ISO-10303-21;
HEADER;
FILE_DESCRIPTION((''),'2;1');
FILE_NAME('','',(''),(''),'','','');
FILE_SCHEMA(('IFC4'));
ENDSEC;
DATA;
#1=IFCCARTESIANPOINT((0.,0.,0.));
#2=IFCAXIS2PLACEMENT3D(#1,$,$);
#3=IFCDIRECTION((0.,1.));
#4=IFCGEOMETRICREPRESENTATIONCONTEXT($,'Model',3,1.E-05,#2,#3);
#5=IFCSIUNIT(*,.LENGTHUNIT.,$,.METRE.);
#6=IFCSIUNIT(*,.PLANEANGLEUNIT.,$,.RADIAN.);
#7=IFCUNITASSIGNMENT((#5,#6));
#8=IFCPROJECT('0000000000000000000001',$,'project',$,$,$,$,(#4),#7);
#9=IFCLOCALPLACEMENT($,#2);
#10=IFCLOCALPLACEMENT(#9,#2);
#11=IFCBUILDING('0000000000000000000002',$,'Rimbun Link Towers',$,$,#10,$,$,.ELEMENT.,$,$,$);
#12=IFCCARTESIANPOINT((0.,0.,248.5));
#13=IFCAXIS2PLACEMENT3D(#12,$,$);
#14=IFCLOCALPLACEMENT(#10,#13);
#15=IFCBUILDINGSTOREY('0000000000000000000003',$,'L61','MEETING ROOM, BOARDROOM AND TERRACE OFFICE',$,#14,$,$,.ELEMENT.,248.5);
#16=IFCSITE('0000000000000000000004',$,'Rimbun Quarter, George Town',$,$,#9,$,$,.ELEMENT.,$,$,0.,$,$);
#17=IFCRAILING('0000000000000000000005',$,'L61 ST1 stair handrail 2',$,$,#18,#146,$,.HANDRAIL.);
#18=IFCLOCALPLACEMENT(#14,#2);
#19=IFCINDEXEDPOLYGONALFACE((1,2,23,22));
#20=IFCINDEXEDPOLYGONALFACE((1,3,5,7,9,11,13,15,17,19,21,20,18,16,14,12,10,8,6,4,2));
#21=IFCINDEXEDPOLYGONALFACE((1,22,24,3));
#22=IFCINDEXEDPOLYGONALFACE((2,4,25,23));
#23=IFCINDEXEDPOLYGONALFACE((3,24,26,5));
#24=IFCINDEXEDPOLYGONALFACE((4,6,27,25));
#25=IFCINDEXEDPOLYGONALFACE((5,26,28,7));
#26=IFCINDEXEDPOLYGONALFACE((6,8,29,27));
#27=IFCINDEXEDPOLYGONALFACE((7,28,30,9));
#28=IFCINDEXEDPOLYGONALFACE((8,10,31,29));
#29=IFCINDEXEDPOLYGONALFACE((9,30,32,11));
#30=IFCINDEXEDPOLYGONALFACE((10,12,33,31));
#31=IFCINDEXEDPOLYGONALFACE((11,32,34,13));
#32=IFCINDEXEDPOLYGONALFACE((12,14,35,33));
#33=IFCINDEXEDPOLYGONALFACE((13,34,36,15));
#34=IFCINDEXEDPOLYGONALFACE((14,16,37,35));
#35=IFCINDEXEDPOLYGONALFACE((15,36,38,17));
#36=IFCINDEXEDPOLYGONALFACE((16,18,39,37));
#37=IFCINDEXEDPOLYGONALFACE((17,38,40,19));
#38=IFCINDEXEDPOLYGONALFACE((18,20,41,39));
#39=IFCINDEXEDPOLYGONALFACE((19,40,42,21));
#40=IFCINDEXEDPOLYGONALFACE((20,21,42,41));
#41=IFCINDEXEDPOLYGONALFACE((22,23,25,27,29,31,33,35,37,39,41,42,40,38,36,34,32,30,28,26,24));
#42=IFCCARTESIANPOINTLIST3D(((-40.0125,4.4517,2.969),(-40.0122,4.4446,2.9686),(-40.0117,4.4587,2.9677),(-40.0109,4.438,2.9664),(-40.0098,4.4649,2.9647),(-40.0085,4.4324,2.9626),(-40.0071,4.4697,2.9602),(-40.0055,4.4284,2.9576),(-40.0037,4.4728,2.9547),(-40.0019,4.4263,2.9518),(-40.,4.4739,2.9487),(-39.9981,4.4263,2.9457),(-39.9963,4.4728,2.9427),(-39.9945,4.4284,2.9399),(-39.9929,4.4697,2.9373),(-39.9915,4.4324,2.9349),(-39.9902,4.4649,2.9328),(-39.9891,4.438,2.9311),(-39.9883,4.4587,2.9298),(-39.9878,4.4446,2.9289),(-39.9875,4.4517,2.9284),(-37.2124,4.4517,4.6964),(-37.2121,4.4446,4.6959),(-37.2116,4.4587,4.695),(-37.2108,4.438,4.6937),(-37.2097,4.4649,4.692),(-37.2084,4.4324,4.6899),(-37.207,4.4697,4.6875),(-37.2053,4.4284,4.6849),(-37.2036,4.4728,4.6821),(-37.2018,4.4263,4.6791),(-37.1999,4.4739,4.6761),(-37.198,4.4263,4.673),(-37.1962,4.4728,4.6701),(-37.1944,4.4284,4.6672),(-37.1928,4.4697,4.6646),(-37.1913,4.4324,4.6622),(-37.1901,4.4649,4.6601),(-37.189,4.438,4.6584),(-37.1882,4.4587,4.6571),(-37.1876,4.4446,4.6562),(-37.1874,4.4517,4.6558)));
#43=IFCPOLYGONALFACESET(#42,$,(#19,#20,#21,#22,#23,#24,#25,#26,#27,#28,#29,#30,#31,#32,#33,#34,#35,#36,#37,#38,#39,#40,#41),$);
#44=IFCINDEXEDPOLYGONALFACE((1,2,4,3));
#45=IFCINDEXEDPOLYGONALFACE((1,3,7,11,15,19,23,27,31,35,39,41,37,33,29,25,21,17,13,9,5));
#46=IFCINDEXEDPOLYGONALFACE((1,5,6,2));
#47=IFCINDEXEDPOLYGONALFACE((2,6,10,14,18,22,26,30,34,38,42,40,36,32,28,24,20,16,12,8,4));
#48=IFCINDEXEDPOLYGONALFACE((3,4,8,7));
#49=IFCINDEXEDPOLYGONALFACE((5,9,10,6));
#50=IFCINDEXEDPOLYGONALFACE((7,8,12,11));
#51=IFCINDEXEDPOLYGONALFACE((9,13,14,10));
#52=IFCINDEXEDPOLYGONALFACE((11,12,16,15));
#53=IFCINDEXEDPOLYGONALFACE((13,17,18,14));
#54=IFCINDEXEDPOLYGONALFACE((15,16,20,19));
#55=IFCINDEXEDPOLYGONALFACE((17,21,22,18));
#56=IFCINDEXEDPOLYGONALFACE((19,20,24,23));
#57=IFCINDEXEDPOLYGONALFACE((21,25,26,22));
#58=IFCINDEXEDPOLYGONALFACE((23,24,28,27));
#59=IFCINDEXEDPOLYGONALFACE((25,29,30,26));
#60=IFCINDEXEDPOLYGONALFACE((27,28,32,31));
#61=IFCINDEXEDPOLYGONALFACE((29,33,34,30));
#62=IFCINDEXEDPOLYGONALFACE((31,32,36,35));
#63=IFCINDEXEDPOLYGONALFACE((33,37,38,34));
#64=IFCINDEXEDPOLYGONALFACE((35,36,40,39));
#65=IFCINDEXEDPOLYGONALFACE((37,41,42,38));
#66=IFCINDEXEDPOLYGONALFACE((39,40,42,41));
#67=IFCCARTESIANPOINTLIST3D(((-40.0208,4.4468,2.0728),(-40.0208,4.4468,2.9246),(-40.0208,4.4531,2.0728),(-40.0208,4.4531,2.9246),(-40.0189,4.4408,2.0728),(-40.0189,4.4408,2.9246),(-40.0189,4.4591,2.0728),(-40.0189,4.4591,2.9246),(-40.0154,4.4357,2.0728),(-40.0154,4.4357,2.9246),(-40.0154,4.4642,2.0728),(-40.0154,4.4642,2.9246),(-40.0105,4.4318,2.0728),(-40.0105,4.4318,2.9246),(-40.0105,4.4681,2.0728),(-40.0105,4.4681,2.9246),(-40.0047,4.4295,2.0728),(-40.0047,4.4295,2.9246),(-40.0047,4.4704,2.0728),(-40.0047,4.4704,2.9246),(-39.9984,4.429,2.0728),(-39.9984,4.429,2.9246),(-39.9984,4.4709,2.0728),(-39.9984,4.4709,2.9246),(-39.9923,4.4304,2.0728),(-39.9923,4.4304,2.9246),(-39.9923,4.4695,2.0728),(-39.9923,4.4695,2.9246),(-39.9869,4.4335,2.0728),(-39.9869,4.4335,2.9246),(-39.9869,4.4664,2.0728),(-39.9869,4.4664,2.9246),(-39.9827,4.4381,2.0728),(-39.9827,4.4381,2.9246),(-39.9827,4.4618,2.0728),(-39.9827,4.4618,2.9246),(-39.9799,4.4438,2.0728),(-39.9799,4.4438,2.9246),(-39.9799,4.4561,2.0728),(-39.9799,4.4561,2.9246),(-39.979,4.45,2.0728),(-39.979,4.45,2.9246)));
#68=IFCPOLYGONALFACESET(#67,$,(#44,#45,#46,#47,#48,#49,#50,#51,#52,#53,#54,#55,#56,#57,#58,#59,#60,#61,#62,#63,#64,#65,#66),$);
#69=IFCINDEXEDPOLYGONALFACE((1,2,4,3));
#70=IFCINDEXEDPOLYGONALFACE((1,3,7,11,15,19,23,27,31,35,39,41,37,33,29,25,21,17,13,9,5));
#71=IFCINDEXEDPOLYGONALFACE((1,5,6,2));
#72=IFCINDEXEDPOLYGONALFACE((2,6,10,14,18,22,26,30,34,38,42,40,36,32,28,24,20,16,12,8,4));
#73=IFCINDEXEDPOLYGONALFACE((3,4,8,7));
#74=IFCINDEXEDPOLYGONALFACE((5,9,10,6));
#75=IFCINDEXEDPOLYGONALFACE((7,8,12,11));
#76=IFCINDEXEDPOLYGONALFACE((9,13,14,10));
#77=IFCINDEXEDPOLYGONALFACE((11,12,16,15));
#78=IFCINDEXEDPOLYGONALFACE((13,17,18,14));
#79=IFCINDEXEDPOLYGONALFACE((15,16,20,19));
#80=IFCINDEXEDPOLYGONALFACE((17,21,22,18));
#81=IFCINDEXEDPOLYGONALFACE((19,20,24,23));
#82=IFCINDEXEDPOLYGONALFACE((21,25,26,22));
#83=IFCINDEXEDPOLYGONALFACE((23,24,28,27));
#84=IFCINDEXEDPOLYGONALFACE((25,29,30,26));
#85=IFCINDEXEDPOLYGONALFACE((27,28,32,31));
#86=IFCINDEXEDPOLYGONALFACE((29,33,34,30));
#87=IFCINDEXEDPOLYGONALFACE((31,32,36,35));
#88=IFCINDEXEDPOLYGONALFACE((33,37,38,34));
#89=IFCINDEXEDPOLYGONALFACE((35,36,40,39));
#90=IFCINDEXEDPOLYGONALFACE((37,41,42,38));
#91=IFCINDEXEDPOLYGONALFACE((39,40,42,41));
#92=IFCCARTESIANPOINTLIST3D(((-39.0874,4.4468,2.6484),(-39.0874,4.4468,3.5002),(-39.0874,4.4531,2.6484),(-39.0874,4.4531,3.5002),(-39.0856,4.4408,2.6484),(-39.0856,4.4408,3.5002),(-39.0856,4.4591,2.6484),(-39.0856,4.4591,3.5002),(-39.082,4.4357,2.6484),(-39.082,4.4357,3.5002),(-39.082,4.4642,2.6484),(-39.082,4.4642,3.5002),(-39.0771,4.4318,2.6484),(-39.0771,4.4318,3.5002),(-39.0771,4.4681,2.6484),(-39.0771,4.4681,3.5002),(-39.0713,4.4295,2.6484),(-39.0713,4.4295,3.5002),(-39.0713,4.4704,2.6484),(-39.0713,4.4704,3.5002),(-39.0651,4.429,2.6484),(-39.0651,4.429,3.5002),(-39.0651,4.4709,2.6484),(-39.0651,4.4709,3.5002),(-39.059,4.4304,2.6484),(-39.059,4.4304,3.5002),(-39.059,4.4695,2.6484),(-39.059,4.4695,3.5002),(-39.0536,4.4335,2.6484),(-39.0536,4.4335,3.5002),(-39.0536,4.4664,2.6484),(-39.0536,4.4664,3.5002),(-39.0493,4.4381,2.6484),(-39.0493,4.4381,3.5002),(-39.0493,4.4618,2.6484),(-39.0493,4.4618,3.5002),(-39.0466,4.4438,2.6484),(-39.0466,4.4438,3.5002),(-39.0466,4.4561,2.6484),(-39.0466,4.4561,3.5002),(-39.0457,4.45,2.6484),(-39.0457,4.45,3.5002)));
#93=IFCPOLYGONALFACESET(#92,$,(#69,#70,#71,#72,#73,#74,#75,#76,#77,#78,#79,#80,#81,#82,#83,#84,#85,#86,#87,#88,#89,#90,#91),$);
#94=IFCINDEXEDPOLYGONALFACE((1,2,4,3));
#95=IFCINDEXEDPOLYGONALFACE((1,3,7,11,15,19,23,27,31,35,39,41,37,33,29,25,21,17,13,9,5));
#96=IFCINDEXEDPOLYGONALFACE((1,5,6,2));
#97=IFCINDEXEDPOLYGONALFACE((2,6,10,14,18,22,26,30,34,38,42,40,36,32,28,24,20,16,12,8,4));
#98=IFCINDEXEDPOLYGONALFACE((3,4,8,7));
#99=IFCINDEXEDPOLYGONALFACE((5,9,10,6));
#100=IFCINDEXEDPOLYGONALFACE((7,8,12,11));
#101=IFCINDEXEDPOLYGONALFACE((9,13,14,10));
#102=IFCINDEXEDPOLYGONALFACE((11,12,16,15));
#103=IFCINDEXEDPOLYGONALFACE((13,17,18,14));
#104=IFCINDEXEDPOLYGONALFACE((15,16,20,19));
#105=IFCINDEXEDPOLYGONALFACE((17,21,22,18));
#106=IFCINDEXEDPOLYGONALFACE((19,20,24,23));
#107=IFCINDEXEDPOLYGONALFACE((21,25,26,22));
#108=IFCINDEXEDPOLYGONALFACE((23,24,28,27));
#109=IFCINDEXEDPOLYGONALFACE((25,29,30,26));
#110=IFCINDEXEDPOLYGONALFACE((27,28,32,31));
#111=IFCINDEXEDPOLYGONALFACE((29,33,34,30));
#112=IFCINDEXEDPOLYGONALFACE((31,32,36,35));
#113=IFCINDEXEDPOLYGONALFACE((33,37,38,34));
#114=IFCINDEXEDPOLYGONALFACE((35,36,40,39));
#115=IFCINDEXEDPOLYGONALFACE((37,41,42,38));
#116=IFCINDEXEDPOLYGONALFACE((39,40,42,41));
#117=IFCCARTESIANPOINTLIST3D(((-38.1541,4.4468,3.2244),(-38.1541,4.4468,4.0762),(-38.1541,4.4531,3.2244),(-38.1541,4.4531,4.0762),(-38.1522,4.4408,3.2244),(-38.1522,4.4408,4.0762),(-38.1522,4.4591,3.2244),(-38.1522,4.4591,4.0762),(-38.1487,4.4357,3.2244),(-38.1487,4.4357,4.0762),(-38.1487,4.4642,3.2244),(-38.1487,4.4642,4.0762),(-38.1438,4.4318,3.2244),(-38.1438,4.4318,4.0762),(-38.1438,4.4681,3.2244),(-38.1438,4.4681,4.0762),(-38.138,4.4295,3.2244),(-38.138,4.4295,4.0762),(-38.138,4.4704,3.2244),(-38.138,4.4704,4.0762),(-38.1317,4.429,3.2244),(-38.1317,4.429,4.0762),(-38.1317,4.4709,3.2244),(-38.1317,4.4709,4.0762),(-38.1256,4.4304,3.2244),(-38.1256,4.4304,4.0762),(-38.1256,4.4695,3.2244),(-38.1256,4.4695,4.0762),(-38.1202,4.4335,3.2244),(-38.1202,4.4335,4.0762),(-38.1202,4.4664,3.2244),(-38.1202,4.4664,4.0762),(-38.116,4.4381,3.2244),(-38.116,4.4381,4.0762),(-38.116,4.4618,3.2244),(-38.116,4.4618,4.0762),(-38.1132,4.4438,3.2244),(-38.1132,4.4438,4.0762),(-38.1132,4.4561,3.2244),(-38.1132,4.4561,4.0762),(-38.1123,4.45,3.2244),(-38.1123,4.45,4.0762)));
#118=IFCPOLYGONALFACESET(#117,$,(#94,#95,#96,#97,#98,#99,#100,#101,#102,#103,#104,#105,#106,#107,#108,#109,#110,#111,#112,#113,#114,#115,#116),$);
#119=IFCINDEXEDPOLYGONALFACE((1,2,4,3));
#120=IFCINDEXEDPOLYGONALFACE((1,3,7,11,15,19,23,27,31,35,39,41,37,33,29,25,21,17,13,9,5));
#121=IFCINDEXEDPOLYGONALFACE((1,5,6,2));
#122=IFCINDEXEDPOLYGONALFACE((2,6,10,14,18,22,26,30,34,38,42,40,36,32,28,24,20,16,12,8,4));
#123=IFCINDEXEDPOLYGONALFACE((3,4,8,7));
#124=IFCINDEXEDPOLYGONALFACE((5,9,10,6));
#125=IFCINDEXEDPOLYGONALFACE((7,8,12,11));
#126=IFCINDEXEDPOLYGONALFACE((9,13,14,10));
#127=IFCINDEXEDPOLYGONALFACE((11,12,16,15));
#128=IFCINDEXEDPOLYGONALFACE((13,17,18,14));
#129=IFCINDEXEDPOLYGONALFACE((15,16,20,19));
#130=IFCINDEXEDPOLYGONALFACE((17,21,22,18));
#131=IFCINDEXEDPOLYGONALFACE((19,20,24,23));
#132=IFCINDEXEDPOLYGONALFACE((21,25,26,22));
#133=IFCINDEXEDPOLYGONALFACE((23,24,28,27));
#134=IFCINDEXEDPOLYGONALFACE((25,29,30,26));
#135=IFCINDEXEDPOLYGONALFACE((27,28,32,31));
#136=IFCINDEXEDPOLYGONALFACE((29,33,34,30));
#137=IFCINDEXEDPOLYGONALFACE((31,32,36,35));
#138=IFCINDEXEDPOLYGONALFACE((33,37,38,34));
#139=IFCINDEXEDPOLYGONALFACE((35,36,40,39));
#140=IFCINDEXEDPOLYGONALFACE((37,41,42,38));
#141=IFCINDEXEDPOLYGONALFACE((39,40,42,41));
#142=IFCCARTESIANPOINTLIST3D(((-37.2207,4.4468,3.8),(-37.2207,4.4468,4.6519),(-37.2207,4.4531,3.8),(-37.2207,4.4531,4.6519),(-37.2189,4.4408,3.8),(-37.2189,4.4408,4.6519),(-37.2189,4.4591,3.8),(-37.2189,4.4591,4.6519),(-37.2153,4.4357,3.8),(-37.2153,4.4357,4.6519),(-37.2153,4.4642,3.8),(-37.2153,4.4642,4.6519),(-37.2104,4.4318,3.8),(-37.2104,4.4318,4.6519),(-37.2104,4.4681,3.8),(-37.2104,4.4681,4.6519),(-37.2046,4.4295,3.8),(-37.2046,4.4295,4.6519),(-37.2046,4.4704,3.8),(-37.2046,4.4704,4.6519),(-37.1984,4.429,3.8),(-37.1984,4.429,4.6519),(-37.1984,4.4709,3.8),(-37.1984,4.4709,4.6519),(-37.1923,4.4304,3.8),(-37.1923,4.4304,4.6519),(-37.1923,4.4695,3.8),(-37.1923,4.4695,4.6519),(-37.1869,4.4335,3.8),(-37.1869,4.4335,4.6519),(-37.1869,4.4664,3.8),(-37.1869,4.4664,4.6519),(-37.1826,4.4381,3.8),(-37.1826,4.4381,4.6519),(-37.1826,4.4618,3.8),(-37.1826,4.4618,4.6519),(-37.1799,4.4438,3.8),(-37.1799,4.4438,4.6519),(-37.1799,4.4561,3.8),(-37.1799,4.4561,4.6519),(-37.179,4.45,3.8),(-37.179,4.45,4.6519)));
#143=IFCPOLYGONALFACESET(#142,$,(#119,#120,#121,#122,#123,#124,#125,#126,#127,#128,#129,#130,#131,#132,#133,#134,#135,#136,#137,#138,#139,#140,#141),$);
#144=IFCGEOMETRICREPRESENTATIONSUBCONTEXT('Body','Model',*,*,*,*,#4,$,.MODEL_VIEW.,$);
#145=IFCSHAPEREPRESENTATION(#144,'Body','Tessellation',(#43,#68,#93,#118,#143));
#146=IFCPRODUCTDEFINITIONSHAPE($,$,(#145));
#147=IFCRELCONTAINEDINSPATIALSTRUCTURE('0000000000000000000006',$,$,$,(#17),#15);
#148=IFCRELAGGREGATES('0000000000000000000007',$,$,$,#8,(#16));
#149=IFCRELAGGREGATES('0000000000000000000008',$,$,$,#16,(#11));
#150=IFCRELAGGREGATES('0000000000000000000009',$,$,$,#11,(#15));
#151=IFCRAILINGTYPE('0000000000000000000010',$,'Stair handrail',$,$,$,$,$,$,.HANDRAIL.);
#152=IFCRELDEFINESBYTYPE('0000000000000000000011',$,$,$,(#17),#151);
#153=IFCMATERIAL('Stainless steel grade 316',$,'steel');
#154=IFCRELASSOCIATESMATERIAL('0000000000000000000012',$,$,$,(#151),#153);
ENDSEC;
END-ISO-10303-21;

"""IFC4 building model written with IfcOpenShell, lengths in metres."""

from ifc_helpers import new_model, si_unit, direction, frame, origin, origin_2d, place, context, subcontext, project, spatial, circle, extrude, material, type_object, element, save


model = new_model("IFC4")

# Units and contexts
model_context = context("Model", 3, precision=1e-05, world=origin(), true_north=direction((0.0, 1.0)))
body_context = subcontext(model_context, "Body", "Model", "MODEL_VIEW")
ifc_project = project(units=[si_unit("LENGTHUNIT", "METRE"), si_unit("PLANEANGLEUNIT", "RADIAN")], contexts=[model_context])

# Site, building, storey
site_placement = place(None, origin())
site = spatial("IfcSite", under=ifc_project, at=site_placement, Name="Rimbun Quarter, George Town", CompositionType="ELEMENT", RefElevation=0.0)
building_placement = place(site_placement, origin())
building = spatial("IfcBuilding", under=site, at=building_placement, Name="Rimbun Link Towers", CompositionType="ELEMENT")
storey_placement = place(building_placement, frame((0.0, 0.0, 248.5)))
storey = spatial("IfcBuildingStorey", under=building, at=storey_placement, Name="L61", Description="MEETING ROOM, BOARDROOM AND TERRACE OFFICE", CompositionType="ELEMENT", Elevation=248.5)

# Railing
ifc_material_1 = material(Name="Stainless steel grade 316", Category="steel")
railing_type_1 = type_object("IfcRailingType", Name="Stair handrail", PredefinedType="HANDRAIL", material=ifc_material_1)
railing_1_placement = place(storey_placement, frame((-40.0, 4.45, 2.0728)))
element("IfcRailing", 1, at=railing_1_placement, inside=storey, type_object=railing_type_1, Name="L61 ST1 stair handrail 2", PredefinedType="HANDRAIL", context=body_context, shape_type="SweptSolid", body=[
    extrude(circle(Radius=0.0239, at=origin_2d()), frame((0.0, 0.0, 0.876), z_axis=(0.85109, 0.0, 0.52502), x_axis=(0.0, 1.0, 0.0)), (0.0, 0.0, 1.0), 3.29),
    extrude(circle(Radius=0.021, at=origin_2d()), origin(), (0.0, 0.0, 1.0), 0.8518),
    extrude(circle(Radius=0.021, at=origin_2d()), frame((0.9333, 0.0, 0.5757)), (0.0, 0.0, 1.0), 0.8518),
    extrude(circle(Radius=0.021, at=origin_2d()), frame((1.8667, 0.0, 1.1516)), (0.0, 0.0, 1.0), 0.8518),
    extrude(circle(Radius=0.021, at=origin_2d()), frame((2.8, 0.0, 1.7273)), (0.0, 0.0, 1.0), 0.8518),
])

save(model, "model.ifc")
